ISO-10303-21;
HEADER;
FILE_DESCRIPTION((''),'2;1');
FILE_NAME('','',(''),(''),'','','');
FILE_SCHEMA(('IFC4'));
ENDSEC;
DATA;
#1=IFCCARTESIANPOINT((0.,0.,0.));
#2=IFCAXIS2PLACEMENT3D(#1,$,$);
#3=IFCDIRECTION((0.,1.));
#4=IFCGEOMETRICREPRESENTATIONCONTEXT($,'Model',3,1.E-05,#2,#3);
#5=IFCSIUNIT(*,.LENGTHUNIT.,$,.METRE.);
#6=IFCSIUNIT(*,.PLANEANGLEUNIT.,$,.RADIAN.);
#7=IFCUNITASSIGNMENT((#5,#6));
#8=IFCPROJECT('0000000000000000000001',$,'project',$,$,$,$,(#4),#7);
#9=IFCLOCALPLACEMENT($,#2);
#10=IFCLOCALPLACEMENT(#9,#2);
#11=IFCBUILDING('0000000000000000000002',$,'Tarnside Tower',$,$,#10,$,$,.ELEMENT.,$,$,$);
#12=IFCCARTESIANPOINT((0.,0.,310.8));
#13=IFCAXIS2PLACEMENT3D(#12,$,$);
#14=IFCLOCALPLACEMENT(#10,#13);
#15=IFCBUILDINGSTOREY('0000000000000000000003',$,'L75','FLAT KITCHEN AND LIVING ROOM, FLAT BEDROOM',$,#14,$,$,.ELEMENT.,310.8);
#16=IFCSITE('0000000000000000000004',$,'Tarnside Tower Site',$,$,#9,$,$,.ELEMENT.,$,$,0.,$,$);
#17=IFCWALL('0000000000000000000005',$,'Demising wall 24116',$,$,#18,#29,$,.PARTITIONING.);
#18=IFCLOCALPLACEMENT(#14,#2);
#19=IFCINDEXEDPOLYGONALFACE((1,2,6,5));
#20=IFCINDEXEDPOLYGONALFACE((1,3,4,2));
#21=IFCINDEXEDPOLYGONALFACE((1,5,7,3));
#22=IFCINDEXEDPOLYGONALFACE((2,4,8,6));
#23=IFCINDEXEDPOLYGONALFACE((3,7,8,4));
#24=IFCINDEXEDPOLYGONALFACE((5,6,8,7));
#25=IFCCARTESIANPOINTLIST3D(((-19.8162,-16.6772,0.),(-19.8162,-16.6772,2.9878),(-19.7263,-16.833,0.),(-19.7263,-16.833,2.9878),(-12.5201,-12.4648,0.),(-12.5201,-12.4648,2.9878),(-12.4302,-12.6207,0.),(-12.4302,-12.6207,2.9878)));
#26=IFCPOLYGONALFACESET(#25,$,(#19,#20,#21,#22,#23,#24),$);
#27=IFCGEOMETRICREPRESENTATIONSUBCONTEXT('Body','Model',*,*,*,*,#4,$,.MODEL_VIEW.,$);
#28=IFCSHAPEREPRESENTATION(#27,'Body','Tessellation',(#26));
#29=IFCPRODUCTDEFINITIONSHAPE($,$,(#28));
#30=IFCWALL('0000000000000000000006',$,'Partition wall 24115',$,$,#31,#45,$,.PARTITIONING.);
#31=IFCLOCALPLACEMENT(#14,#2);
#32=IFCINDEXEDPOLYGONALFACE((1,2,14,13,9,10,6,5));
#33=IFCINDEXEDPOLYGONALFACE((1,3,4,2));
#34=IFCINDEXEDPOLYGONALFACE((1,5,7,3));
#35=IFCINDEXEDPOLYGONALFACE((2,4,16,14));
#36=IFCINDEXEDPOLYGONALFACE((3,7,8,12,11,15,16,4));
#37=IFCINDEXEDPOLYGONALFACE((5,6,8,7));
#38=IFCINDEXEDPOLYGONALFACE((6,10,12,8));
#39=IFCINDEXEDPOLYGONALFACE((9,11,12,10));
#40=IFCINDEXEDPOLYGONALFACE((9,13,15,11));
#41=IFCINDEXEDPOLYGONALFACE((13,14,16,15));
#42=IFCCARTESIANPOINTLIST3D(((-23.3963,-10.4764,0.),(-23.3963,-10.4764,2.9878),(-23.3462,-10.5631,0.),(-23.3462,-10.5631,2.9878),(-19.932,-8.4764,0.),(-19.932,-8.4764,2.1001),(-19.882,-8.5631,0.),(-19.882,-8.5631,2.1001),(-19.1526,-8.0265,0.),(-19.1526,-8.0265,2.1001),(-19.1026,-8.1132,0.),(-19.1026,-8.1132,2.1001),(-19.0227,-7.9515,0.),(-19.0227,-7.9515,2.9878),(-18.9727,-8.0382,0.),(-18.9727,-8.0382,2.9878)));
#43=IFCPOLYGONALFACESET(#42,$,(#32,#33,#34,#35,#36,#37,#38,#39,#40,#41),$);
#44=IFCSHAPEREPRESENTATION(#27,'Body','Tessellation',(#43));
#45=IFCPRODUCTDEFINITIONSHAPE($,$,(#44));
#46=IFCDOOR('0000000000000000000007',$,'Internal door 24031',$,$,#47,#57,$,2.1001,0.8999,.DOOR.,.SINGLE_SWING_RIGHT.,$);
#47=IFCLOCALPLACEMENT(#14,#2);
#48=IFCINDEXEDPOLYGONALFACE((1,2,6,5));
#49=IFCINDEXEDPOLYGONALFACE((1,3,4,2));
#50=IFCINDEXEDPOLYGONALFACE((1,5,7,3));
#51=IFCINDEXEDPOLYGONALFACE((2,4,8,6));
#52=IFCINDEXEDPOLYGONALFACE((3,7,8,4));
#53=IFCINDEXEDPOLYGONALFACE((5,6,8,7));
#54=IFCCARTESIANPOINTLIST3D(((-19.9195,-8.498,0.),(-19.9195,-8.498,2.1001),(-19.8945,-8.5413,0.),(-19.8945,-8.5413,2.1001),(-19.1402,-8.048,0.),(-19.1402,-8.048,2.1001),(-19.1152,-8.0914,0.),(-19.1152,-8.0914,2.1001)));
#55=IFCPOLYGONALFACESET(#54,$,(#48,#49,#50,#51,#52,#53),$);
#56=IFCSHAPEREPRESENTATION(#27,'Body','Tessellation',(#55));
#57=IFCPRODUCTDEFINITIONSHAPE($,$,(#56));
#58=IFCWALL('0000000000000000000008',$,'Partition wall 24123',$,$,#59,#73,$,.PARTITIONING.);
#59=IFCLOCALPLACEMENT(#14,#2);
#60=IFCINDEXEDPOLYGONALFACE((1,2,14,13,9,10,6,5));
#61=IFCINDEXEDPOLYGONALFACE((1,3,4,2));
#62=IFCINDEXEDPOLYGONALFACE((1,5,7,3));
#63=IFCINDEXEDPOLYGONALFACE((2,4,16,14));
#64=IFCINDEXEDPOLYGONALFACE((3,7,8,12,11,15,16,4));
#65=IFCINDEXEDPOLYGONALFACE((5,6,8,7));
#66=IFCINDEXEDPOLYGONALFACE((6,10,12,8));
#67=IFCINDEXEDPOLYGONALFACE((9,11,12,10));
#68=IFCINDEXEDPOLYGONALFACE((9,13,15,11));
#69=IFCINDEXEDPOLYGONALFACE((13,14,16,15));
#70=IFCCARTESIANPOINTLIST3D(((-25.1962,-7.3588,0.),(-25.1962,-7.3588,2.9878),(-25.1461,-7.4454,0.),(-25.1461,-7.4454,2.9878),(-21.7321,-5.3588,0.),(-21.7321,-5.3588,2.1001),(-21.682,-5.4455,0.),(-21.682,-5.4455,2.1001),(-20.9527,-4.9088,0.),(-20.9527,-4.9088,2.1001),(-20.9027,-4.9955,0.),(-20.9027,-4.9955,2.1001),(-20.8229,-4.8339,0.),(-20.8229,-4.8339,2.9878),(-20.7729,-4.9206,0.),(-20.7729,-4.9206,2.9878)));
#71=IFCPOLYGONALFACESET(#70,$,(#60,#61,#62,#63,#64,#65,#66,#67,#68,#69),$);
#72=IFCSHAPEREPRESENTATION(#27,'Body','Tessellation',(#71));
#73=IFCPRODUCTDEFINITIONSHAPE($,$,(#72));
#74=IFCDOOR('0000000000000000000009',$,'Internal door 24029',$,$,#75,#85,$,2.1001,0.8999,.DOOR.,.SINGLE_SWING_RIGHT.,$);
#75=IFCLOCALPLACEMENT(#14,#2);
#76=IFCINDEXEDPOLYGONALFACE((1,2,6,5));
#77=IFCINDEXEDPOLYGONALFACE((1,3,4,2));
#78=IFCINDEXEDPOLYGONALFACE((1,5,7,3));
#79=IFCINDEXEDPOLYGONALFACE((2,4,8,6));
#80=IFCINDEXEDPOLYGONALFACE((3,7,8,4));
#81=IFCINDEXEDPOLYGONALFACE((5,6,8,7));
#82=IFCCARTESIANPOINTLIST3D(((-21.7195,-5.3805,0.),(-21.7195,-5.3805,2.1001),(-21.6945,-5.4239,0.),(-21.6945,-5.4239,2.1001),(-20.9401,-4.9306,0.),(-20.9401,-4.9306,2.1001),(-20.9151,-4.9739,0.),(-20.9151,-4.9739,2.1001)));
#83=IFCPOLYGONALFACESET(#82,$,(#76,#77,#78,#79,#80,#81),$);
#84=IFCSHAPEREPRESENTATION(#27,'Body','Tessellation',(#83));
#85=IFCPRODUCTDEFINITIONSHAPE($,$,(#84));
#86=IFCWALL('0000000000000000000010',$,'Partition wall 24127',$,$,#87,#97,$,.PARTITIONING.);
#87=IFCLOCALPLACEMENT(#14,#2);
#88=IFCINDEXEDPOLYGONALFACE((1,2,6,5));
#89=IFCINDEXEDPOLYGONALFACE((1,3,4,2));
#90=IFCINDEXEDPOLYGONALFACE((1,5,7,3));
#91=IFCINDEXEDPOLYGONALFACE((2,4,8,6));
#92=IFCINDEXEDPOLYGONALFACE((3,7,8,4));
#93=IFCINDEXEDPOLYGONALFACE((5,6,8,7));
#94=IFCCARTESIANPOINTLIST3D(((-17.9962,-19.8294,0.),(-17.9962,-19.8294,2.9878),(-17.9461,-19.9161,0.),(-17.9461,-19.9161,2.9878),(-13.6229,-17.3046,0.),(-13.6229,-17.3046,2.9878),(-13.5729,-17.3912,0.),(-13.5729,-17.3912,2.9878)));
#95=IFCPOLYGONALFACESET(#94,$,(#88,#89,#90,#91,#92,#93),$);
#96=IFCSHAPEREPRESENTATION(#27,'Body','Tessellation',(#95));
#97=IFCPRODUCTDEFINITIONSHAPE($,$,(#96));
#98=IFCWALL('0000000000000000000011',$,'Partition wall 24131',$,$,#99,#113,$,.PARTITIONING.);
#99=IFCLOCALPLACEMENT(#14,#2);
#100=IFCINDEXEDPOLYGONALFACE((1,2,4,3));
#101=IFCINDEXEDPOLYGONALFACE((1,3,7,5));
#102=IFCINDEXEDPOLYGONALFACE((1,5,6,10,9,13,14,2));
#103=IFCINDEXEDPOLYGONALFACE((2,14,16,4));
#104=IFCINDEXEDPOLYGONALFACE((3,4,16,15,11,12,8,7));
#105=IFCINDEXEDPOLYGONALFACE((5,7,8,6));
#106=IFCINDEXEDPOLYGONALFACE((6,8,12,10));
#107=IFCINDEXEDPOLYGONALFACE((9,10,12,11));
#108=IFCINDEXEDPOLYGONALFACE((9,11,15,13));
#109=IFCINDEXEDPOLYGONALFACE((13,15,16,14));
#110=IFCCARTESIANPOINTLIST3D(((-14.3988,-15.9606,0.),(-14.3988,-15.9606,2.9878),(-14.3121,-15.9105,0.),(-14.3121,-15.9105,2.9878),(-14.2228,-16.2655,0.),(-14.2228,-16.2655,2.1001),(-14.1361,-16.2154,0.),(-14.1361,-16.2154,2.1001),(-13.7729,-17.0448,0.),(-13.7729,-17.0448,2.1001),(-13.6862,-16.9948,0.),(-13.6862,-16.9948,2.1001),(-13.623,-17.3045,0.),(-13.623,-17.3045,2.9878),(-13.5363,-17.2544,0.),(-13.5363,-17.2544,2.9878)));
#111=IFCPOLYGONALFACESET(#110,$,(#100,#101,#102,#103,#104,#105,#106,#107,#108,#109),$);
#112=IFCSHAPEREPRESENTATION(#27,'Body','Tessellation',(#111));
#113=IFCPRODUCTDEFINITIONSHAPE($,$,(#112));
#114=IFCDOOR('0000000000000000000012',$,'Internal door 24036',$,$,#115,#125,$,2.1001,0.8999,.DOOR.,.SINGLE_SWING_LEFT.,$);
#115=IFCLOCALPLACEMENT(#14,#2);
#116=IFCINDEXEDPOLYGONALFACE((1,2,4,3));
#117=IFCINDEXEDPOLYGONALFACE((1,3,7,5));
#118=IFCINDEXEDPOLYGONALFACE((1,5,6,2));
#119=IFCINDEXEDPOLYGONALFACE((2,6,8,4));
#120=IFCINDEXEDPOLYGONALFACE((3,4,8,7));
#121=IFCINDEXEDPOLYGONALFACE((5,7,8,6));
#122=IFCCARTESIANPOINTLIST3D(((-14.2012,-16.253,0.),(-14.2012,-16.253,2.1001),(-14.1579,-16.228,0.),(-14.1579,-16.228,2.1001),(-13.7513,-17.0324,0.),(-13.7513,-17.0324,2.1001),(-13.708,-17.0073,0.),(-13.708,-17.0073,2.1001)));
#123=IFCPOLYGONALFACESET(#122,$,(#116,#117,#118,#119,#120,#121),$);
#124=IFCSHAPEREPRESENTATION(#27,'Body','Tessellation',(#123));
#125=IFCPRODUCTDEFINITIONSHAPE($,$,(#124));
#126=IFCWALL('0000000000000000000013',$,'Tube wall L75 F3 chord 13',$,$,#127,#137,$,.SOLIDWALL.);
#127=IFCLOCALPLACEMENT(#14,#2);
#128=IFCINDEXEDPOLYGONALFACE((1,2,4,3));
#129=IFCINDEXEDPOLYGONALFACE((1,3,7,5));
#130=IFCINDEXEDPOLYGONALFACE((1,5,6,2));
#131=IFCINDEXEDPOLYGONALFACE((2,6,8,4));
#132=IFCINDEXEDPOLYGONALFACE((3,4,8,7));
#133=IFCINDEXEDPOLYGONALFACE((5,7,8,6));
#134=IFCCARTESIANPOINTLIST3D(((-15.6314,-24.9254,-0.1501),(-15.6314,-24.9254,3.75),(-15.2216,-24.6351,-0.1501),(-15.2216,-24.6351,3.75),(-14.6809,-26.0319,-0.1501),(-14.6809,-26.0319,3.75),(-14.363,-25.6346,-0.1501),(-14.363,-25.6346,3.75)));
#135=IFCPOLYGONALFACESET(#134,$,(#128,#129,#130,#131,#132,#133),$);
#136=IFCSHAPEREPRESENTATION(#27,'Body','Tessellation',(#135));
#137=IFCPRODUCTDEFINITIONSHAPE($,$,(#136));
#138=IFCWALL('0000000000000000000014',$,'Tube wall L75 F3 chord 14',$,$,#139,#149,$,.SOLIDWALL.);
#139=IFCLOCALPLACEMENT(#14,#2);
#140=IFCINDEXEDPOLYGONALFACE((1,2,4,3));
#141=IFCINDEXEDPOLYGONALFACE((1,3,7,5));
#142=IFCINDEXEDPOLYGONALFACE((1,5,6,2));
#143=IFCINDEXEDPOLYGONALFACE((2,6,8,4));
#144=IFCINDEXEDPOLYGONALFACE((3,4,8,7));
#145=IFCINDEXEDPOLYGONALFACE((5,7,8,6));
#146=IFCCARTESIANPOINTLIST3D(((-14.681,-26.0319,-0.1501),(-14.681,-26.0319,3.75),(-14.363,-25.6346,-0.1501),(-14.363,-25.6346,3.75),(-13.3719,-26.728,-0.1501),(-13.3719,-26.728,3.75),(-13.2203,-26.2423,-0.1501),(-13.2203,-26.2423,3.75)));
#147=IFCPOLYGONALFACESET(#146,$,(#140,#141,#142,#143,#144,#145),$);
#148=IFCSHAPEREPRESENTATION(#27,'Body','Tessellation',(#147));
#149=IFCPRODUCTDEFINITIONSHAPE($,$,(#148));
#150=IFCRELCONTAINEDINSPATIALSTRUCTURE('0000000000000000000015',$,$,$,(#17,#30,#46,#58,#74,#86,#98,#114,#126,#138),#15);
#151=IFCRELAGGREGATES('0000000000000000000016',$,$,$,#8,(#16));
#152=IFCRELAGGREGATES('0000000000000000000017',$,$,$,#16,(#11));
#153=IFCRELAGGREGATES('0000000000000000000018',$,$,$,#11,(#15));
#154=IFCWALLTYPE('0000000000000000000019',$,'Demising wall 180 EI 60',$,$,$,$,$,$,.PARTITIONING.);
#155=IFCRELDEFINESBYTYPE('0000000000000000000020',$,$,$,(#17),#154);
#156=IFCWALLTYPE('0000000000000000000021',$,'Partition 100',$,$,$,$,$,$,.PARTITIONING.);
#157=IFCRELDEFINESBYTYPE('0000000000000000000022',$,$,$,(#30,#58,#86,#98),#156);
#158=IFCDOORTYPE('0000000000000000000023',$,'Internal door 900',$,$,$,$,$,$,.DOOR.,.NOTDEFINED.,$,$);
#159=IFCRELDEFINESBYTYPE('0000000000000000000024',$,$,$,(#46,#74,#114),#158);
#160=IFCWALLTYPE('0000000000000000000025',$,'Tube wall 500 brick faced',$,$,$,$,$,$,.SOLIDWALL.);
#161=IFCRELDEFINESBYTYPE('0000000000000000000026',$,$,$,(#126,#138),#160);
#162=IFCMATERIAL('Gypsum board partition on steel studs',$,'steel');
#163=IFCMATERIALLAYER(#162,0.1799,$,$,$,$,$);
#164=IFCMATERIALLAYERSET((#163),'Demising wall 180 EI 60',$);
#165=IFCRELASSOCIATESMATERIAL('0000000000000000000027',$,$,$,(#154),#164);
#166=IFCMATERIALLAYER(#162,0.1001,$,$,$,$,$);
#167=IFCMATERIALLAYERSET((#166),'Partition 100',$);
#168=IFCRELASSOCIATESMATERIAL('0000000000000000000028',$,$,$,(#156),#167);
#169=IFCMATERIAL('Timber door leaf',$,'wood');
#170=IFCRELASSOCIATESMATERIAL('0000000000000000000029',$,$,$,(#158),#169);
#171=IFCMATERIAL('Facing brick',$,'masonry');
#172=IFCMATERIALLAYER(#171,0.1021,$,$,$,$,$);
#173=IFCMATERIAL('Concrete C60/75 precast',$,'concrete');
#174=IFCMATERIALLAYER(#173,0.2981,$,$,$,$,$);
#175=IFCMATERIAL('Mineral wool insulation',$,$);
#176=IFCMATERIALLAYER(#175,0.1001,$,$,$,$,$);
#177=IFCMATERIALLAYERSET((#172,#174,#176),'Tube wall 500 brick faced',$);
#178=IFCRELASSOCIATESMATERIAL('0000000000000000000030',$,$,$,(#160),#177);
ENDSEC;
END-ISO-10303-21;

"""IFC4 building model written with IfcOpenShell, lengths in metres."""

from ifc_helpers import new_model, si_unit, direction, frame, frame_2d, origin, place, context, subcontext, project, spatial, polyline, rectangle, outline, extrude, material, layer, layer_set, type_object, element, fill, save


model = new_model("IFC4")

# Units and contexts
model_context = context("Model", 3, precision=1e-05, world=origin(), true_north=direction((0.0, 1.0)))
body_context = subcontext(model_context, "Body", "Model", "MODEL_VIEW")
ifc_project = project(units=[si_unit("LENGTHUNIT", "METRE"), si_unit("PLANEANGLEUNIT", "RADIAN")], contexts=[model_context])

# Site, building, storey
site_placement = place(None, origin())
site = spatial("IfcSite", under=ifc_project, at=site_placement, Name="Tarnside Tower Site", CompositionType="ELEMENT", RefElevation=0.0)
building_placement = place(site_placement, origin())
building = spatial("IfcBuilding", under=site, at=building_placement, Name="Tarnside Tower", CompositionType="ELEMENT")
storey_placement = place(building_placement, frame((0.0, 0.0, 310.8)))
storey = spatial("IfcBuildingStorey", under=building, at=storey_placement, Name="L75", Description="FLAT KITCHEN AND LIVING ROOM, FLAT BEDROOM", CompositionType="ELEMENT", Elevation=310.8)

# Wall
ifc_material_1 = material(Name="Gypsum board partition on steel studs", Category="steel")
ifc_layer_1 = layer(ifc_material_1, 0.1799)
ifc_layer_set_1 = layer_set([ifc_layer_1], Name="Demising wall 180 EI 60")
wall_type_1 = type_object("IfcWallType", Name="Demising wall 180 EI 60", PredefinedType="PARTITIONING", material=ifc_layer_set_1)
wall_1_placement = place(storey_placement, frame((-19.7712, -16.7551, 0.0), z_axis=(0.0, 0.0, 1.0), x_axis=(0.866027, 0.499998, 0.0)))
element("IfcWall", 1, at=wall_1_placement, inside=storey, type_object=wall_type_1, Name="Demising wall 24116", PredefinedType="PARTITIONING", context=body_context, shape_type="SweptSolid", body=[
    extrude(rectangle(XDim=8.4248, YDim=0.1799, at=frame_2d((4.2124, 0.0))), origin(), (0.0, 0.0, 1.0), 2.9878),
])

# Walls, openings, doors
ifc_layer_2 = layer(ifc_material_1, 0.1001)
ifc_layer_set_2 = layer_set([ifc_layer_2], Name="Partition 100")
wall_type_2 = type_object("IfcWallType", Name="Partition 100", PredefinedType="PARTITIONING", material=ifc_layer_set_2)
wall_2_placement = place(storey_placement, frame((-18.9978, -7.9949, 0.0), z_axis=(0.0, 0.0, 1.0), x_axis=(-0.866039, -0.499976, 0.0)))
wall_2 = element("IfcWall", 2, at=wall_2_placement, inside=storey, type_object=wall_type_2, Name="Partition wall 24115", PredefinedType="PARTITIONING", context=body_context, shape_type="SweptSolid", body=[
    extrude(rectangle(XDim=5.05, YDim=0.1001, at=frame_2d((2.5249, 0.0))), origin(), (0.0, 0.0, 1.0), 2.9878),
])
opening_1_placement = place(wall_2_placement, frame((0.1499, 0.0, 0.0)))
opening_1 = element("IfcOpeningElement", 3, at=opening_1_placement, cuts=wall_2, PredefinedType="OPENING", context=body_context, shape_type="SweptSolid", body=[
    extrude(rectangle(XDim=0.8999, YDim=2.1001, at=frame_2d((0.45, 1.05))), frame((0.0, 0.0601, 0.0), z_axis=(0.0, -1.0, 0.0), x_axis=(1.0, 0.0, 0.0)), (0.0, 0.0, 1.0), 0.1201),
])
ifc_material_2 = material(Name="Timber door leaf", Category="wood")
door_type = type_object("IfcDoorType", Name="Internal door 900", OperationType="NOTDEFINED", PredefinedType="DOOR", material=ifc_material_2)
door_1_placement = place(opening_1_placement, origin())
door_1 = element("IfcDoor", 4, at=door_1_placement, inside=storey, type_object=door_type, Name="Internal door 24031", OperationType="SINGLE_SWING_RIGHT", OverallHeight=2.1001, OverallWidth=0.8999, PredefinedType="DOOR", context=body_context, shape_type="SweptSolid", body=[
    extrude(rectangle(XDim=0.8999, YDim=2.1001, at=frame_2d((0.45, 1.05))), frame((0.0, 0.0249, 0.0), z_axis=(0.0, -1.0, 0.0), x_axis=(1.0, 0.0, 0.0)), (0.0, 0.0, 1.0), 0.05),
])
fill(opening_1, door_1)
wall_3_placement = place(storey_placement, frame((-25.1711, -7.4021, 0.0), z_axis=(0.0, 0.0, 1.0), x_axis=(0.866027, 0.499997, 0.0)))
wall_3 = element("IfcWall", 5, at=wall_3_placement, inside=storey, type_object=wall_type_2, Name="Partition wall 24123", PredefinedType="PARTITIONING", context=body_context, shape_type="SweptSolid", body=[
    extrude(rectangle(XDim=5.0498, YDim=0.1001, at=frame_2d((2.5249, 0.0))), origin(), (0.0, 0.0, 1.0), 2.9878),
])
opening_2_placement = place(wall_3_placement, frame((4.0, 0.0, 0.0)))
opening_2 = element("IfcOpeningElement", 6, at=opening_2_placement, cuts=wall_3, PredefinedType="OPENING", context=body_context, shape_type="SweptSolid", body=[
    extrude(rectangle(XDim=0.8999, YDim=2.1001, at=frame_2d((0.45, 1.05))), frame((0.0, 0.0601, 0.0), z_axis=(0.0, -1.0, 0.0), x_axis=(1.0, 0.0, 0.0)), (0.0, 0.0, 1.0), 0.1201),
])
door_2_placement = place(opening_2_placement, origin())
door_2 = element("IfcDoor", 7, at=door_2_placement, inside=storey, type_object=door_type, Name="Internal door 24029", OperationType="SINGLE_SWING_RIGHT", OverallHeight=2.1001, OverallWidth=0.8999, PredefinedType="DOOR", context=body_context, shape_type="SweptSolid", body=[
    extrude(rectangle(XDim=0.8999, YDim=2.1001, at=frame_2d((0.45, 1.05))), frame((0.0, 0.0249, 0.0), z_axis=(0.0, -1.0, 0.0), x_axis=(1.0, 0.0, 0.0)), (0.0, 0.0, 1.0), 0.05),
])
fill(opening_2, door_2)

# Wall
wall_4_placement = place(storey_placement, frame((-13.5979, -17.3479, 0.0), z_axis=(0.0, 0.0, 1.0), x_axis=(-0.866027, -0.499997, 0.0)))
element("IfcWall", 8, at=wall_4_placement, inside=storey, type_object=wall_type_2, Name="Partition wall 24127", PredefinedType="PARTITIONING", context=body_context, shape_type="SweptSolid", body=[
    extrude(rectangle(XDim=5.0498, YDim=0.1001, at=frame_2d((2.5249, 0.0))), origin(), (0.0, 0.0, 1.0), 2.9878),
])

# Wall, opening, door
wall_5_placement = place(storey_placement, frame((-14.3555, -15.9355, 0.0), z_axis=(0.0, 0.0, 1.0), x_axis=(0.499963, -0.866047, 0.0)))
wall_5 = element("IfcWall", 9, at=wall_5_placement, inside=storey, type_object=wall_type_2, Name="Partition wall 24131", PredefinedType="PARTITIONING", context=body_context, shape_type="SweptSolid", body=[
    extrude(rectangle(XDim=1.5518, YDim=0.1001, at=frame_2d((0.7759, 0.0))), origin(), (0.0, 0.0, 1.0), 2.9878),
])
opening_3_placement = place(wall_5_placement, frame((0.3521, 0.0, 0.0)))
opening_3 = element("IfcOpeningElement", 10, at=opening_3_placement, cuts=wall_5, PredefinedType="OPENING", context=body_context, shape_type="SweptSolid", body=[
    extrude(rectangle(XDim=0.8999, YDim=2.1001, at=frame_2d((0.45, 1.05))), frame((0.0, 0.0601, 0.0), z_axis=(0.0, -1.0, 0.0), x_axis=(1.0, 0.0, 0.0)), (0.0, 0.0, 1.0), 0.1201),
])
door_3_placement = place(opening_3_placement, origin())
door_3 = element("IfcDoor", 11, at=door_3_placement, inside=storey, type_object=door_type, Name="Internal door 24036", OperationType="SINGLE_SWING_LEFT", OverallHeight=2.1001, OverallWidth=0.8999, PredefinedType="DOOR", context=body_context, shape_type="SweptSolid", body=[
    extrude(rectangle(XDim=0.8999, YDim=2.1001, at=frame_2d((0.45, 1.05))), frame((0.0, 0.0249, 0.0), z_axis=(0.0, -1.0, 0.0), x_axis=(1.0, 0.0, 0.0)), (0.0, 0.0, 1.0), 0.05),
])
fill(opening_3, door_3)

# Walls
ifc_material_3 = material(Name="Facing brick", Category="masonry")
ifc_layer_3 = layer(ifc_material_3, 0.1021)
ifc_material_4 = material(Name="Concrete C60/75 precast", Category="concrete")
ifc_layer_4 = layer(ifc_material_4, 0.2981)
ifc_material_5 = material(Name="Mineral wool insulation")
ifc_layer_5 = layer(ifc_material_5, 0.1001)
ifc_layer_set_3 = layer_set([ifc_layer_3, ifc_layer_4, ifc_layer_5], Name="Tube wall 500 brick faced")
wall_type_3 = type_object("IfcWallType", Name="Tube wall 500 brick faced", PredefinedType="SOLIDWALL", material=ifc_layer_set_3)
wall_6_placement = place(storey_placement, frame((-15.4265, -24.7803, -0.1501), z_axis=(0.0, 0.0, 1.0), x_axis=(0.651617, -0.758549, 0.0)))
element("IfcWall", 12, at=wall_6_placement, inside=storey, type_object=wall_type_3, Name="Tube wall L75 F3 chord 13", PredefinedType="SOLIDWALL", context=body_context, shape_type="SweptSolid", body=[
    extrude(outline(polyline([(-0.0234, -0.25), (1.4353, -0.25), (1.3411, 0.25), (0.0234, 0.25), (-0.0234, -0.25)])), origin(), (0.0, 0.0, 1.0), 3.9001),
])
wall_7_placement = place(storey_placement, frame((-14.522, -25.8333, -0.1501), z_axis=(0.0, 0.0, 1.0), x_axis=(0.882927, -0.469511, 0.0)))
element("IfcWall", 13, at=wall_7_placement, inside=storey, type_object=wall_type_3, Name="Tube wall L75 F3 chord 14", PredefinedType="SOLIDWALL", context=body_context, shape_type="SweptSolid", body=[
    extrude(outline(polyline([(-0.0471, -0.25), (1.4355, -0.25), (1.3413, 0.25), (0.0471, 0.25), (-0.0471, -0.25)])), origin(), (0.0, 0.0, 1.0), 3.9001),
])

save(model, "model.ifc")
